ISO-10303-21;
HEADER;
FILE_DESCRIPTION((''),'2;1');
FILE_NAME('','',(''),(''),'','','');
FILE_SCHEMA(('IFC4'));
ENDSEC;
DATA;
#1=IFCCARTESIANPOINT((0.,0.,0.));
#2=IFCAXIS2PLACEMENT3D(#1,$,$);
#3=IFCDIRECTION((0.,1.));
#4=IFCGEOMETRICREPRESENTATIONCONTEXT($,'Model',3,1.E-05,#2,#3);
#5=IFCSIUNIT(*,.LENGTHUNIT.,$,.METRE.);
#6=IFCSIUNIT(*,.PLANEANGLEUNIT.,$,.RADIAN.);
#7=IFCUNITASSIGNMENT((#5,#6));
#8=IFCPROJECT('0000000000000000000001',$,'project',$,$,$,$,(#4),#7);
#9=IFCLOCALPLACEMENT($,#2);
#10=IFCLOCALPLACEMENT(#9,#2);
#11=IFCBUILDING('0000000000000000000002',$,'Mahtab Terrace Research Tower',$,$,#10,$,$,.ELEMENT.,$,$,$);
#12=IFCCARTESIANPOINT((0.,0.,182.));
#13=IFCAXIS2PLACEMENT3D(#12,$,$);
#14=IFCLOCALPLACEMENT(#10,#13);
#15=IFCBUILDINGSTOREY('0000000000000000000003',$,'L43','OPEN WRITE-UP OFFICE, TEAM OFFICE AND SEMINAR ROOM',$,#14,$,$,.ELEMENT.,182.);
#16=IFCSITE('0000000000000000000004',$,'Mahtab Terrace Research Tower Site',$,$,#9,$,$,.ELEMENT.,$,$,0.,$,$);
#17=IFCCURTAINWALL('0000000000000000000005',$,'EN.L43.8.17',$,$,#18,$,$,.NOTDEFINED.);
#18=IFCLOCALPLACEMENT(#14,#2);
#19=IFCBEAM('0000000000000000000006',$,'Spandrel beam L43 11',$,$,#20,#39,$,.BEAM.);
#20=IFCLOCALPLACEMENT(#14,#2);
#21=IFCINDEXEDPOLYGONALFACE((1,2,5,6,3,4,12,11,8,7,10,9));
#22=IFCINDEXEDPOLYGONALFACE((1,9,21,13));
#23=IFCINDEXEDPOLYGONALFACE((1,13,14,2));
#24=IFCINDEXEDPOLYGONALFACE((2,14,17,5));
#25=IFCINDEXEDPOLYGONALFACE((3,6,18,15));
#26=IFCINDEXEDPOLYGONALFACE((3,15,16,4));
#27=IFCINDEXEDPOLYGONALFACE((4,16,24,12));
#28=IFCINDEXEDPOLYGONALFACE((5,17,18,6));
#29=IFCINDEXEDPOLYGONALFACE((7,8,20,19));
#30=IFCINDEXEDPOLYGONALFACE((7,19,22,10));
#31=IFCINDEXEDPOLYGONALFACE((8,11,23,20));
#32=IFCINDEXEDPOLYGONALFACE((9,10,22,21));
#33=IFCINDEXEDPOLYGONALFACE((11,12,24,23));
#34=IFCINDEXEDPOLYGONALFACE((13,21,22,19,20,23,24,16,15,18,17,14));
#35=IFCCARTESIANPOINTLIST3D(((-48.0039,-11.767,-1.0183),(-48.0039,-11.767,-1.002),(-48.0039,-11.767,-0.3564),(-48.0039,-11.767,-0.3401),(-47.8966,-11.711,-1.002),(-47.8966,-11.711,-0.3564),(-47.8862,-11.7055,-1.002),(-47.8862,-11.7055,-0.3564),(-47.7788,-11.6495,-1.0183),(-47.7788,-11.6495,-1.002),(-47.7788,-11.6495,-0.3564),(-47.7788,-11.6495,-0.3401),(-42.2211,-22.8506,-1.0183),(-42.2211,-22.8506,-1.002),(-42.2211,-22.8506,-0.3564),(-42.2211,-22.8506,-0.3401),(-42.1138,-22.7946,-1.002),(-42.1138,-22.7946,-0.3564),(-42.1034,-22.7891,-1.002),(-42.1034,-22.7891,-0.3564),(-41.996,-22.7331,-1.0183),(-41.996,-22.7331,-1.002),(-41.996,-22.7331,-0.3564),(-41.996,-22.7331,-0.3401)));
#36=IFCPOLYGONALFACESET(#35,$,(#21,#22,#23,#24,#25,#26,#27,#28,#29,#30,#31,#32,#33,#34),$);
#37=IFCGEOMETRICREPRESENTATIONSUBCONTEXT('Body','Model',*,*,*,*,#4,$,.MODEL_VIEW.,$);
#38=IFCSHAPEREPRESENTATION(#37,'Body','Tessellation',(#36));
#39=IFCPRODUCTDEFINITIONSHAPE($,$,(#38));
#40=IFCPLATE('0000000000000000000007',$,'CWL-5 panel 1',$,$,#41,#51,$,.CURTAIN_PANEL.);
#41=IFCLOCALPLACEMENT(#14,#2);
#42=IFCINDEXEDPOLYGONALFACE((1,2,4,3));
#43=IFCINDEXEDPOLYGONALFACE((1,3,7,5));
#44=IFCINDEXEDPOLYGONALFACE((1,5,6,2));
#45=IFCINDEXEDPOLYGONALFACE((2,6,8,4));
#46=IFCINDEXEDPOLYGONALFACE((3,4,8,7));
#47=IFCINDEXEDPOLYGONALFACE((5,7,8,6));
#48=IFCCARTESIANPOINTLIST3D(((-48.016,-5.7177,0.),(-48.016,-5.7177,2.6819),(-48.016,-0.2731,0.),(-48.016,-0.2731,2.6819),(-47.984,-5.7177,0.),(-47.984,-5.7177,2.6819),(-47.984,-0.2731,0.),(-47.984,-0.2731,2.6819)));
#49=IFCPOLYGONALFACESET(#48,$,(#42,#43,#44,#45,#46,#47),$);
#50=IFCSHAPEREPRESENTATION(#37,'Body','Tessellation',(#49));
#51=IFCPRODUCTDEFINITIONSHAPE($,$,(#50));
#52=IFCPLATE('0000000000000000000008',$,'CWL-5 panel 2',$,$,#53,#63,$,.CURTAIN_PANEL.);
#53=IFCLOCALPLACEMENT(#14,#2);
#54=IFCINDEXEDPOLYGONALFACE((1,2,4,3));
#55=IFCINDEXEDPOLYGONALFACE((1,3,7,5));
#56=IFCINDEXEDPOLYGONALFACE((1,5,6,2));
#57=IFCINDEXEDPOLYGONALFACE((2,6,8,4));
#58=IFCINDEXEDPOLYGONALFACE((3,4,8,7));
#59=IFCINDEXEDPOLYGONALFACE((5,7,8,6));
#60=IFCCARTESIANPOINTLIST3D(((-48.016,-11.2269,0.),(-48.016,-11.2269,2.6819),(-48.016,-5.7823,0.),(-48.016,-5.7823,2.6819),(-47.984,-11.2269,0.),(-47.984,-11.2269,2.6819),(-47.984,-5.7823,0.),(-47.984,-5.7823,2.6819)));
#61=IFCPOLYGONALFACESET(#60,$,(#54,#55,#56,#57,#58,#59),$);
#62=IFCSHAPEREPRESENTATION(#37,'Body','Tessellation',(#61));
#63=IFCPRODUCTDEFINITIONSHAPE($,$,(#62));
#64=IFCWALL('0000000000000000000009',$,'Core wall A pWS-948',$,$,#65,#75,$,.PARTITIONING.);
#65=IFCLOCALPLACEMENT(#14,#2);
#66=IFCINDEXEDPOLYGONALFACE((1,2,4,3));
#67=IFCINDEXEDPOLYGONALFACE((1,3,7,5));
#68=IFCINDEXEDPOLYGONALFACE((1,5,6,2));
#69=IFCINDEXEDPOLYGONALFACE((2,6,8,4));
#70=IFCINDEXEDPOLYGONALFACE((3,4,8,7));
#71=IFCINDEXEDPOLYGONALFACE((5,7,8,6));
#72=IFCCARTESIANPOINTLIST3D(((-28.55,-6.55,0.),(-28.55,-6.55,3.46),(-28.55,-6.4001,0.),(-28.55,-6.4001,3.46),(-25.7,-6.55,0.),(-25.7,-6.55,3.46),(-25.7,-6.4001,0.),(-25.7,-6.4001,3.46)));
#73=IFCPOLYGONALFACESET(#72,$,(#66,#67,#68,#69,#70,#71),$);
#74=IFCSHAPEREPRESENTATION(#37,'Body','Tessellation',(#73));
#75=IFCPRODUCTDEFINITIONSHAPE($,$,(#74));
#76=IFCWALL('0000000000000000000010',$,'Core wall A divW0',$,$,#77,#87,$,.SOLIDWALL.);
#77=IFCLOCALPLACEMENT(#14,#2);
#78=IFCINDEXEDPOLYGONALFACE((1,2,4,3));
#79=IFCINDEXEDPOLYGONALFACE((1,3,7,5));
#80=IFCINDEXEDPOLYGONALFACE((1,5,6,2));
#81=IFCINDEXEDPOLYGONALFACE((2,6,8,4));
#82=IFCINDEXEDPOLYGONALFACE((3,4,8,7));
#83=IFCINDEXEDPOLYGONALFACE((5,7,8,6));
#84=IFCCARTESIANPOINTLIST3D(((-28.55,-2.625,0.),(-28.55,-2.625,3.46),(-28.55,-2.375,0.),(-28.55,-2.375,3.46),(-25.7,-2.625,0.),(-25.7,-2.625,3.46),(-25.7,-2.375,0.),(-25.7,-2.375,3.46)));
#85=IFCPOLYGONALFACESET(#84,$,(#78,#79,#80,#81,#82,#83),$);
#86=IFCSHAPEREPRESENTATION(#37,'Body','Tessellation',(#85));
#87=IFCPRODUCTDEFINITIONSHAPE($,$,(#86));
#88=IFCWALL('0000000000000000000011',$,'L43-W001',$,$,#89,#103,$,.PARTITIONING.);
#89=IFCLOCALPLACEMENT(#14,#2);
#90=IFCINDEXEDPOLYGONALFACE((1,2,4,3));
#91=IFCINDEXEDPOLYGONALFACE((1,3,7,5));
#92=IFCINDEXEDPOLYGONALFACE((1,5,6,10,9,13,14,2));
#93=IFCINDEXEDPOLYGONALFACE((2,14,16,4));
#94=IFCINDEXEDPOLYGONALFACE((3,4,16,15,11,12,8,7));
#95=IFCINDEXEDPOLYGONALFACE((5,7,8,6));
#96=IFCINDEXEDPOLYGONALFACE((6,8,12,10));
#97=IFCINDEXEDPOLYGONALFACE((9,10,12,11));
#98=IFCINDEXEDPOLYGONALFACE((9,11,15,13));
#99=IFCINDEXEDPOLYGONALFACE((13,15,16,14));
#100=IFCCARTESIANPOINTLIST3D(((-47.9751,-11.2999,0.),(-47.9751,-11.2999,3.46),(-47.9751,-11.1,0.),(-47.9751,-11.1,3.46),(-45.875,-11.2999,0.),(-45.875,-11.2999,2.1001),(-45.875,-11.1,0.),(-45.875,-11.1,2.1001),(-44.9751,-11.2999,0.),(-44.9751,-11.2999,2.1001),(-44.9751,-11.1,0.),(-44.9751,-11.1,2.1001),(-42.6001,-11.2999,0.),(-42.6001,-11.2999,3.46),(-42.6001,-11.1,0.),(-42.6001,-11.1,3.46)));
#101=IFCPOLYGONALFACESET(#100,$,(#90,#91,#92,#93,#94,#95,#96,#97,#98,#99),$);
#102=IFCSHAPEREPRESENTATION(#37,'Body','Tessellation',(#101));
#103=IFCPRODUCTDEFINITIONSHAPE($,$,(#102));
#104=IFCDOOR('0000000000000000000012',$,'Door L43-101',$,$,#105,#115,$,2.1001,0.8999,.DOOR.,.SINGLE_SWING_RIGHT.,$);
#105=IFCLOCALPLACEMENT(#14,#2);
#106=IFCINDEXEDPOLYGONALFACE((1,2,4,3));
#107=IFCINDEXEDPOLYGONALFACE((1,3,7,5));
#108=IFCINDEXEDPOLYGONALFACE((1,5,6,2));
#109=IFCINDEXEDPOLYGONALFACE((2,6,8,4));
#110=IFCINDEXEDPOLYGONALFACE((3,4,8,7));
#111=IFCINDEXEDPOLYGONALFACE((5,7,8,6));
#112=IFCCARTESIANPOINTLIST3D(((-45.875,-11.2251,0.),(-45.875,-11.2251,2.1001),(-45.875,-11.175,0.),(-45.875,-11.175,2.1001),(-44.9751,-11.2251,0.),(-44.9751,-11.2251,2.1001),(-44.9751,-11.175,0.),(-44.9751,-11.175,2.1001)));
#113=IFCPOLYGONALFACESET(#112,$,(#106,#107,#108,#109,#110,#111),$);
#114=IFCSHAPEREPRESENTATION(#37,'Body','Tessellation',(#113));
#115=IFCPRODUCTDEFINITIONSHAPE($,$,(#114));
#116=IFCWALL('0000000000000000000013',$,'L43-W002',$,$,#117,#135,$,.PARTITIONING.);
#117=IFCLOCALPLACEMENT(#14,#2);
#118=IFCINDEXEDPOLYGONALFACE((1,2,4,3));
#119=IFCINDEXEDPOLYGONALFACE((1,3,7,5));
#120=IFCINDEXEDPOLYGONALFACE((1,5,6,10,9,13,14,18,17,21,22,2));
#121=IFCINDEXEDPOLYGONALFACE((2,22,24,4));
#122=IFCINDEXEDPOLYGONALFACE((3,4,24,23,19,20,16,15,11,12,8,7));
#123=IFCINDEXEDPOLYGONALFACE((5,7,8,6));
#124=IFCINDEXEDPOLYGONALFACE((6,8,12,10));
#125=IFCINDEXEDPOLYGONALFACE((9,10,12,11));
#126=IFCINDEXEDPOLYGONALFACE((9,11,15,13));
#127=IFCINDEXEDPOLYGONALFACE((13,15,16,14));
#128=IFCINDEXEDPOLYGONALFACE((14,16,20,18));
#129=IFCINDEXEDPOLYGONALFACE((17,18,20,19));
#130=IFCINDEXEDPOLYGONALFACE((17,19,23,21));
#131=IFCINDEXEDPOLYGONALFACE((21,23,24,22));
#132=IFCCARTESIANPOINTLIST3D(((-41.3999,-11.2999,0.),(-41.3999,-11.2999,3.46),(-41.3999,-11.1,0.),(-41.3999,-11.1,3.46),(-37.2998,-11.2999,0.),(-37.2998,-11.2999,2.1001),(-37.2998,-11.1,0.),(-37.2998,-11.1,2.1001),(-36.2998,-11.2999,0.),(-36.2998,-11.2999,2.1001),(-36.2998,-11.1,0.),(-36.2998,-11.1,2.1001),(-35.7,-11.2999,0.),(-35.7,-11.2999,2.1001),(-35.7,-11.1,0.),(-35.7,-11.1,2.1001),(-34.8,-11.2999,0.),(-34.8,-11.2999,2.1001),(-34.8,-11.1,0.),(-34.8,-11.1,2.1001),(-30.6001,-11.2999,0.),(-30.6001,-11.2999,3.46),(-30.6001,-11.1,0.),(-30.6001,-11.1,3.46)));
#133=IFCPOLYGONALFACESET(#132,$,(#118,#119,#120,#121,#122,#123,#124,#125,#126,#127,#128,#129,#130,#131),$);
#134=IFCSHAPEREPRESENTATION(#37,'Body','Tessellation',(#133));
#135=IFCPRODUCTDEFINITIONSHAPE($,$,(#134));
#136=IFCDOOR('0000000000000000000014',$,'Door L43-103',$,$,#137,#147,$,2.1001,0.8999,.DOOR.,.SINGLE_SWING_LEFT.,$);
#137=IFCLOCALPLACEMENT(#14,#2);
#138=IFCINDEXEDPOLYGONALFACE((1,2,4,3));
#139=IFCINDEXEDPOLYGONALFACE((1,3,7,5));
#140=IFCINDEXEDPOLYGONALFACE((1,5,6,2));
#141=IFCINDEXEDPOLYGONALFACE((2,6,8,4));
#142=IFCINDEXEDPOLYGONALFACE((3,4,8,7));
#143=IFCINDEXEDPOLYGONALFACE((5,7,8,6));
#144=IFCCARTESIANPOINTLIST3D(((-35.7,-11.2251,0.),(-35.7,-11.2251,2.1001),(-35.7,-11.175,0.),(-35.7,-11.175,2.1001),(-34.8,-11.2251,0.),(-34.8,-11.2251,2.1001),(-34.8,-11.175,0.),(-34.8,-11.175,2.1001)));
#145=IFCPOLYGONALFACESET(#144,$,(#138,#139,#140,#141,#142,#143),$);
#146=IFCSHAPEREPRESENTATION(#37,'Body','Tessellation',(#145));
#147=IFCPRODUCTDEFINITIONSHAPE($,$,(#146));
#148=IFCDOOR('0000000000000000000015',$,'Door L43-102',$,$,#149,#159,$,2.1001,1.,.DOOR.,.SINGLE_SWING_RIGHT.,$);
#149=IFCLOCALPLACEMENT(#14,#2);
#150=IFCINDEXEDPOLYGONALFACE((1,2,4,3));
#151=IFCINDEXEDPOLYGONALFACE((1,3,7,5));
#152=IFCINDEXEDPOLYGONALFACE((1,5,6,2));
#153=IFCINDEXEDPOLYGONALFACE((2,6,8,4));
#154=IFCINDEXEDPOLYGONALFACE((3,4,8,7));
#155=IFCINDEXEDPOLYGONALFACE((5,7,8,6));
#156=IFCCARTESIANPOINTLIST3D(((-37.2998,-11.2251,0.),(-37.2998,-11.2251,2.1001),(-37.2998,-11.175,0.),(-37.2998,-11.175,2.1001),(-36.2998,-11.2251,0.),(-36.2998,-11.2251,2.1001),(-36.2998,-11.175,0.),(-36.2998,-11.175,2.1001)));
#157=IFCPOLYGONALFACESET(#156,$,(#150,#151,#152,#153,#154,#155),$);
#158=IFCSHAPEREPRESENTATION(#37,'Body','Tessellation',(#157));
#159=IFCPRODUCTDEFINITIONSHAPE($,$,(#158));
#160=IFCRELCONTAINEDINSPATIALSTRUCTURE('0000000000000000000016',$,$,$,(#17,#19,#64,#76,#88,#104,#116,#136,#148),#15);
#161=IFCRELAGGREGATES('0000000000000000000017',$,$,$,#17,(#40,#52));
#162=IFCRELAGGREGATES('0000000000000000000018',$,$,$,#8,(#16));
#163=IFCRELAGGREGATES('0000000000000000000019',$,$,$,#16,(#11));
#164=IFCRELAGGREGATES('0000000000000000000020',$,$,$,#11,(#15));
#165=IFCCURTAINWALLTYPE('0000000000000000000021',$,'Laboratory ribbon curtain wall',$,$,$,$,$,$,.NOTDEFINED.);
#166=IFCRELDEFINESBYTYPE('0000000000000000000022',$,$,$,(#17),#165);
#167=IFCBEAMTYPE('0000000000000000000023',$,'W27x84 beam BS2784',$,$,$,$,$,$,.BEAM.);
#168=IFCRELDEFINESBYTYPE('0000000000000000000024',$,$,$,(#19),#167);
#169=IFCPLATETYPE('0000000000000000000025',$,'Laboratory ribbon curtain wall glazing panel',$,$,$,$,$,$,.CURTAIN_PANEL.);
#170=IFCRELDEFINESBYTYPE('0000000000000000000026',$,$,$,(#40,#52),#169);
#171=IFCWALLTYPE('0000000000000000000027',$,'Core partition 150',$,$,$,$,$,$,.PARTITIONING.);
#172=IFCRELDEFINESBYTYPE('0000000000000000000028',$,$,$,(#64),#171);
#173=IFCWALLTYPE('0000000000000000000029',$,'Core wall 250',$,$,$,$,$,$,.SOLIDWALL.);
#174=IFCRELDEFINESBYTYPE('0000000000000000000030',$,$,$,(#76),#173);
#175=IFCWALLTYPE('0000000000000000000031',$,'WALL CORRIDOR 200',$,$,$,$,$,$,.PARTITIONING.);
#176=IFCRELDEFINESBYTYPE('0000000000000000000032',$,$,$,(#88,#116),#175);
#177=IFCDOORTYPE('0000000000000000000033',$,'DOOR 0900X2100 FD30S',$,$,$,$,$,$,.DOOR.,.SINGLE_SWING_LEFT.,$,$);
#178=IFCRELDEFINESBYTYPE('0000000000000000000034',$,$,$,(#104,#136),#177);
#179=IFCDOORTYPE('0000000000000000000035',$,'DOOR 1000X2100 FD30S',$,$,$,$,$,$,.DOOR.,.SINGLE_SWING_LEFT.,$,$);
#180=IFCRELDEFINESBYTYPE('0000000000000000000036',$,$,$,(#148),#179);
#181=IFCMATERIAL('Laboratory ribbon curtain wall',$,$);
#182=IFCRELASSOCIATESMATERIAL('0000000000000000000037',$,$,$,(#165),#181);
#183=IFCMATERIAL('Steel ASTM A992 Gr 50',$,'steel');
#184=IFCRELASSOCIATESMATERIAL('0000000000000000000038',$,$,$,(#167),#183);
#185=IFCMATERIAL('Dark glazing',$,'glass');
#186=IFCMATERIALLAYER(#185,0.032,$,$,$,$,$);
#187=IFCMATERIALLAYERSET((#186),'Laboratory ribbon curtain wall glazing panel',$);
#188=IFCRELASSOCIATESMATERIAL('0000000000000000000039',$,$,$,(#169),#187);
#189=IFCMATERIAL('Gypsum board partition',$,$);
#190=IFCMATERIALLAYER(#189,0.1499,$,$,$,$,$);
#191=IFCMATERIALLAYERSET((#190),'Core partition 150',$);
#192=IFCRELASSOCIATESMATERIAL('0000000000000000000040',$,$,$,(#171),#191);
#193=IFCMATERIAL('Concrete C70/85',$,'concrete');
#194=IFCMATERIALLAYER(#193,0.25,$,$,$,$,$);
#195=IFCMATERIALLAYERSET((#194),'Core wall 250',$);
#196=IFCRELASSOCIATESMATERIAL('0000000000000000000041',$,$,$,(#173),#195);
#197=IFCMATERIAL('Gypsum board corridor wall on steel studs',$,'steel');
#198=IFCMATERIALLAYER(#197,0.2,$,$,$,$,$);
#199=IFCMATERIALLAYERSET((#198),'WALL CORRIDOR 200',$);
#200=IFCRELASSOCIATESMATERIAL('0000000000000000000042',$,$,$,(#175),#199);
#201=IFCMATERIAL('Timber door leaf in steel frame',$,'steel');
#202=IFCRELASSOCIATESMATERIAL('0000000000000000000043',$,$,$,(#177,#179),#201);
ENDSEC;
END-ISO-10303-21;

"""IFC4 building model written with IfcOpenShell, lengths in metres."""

from ifc_helpers import new_model, si_unit, direction, frame, frame_2d, origin, origin_2d, place, context, subcontext, project, spatial, rectangle, i_section, extrude, material, layer, layer_set, material_profile, profile_set, type_object, element, fill, aggregate, save


model = new_model("IFC4")

# Units and contexts
model_context = context("Model", 3, precision=1e-05, world=origin(), true_north=direction((0.0, 1.0)))
body_context = subcontext(model_context, "Body", "Model", "MODEL_VIEW")
ifc_project = project(units=[si_unit("LENGTHUNIT", "METRE"), si_unit("PLANEANGLEUNIT", "RADIAN")], contexts=[model_context])

# Site, building, storey
site_placement = place(None, origin())
site = spatial("IfcSite", under=ifc_project, at=site_placement, Name="Mahtab Terrace Research Tower Site", CompositionType="ELEMENT", RefElevation=0.0)
building_placement = place(site_placement, origin())
building = spatial("IfcBuilding", under=site, at=building_placement, Name="Mahtab Terrace Research Tower", CompositionType="ELEMENT")
storey_placement = place(building_placement, frame((0.0, 0.0, 182.0)))
storey = spatial("IfcBuildingStorey", under=building, at=storey_placement, Name="L43", Description="OPEN WRITE-UP OFFICE, TEAM OFFICE AND SEMINAR ROOM", CompositionType="ELEMENT", Elevation=182.0)

# Shared definitions
ifc_material_1 = material(Name="Concrete C70/85", Category="concrete")
ifc_material_2 = material(Name="Steel ASTM A992 Gr 50", Category="steel")

# Curtain wall
ifc_material_3 = material(Name="Laboratory ribbon curtain wall")
curtain_wall_type = type_object("IfcCurtainWallType", Name="Laboratory ribbon curtain wall", PredefinedType="NOTDEFINED", material=ifc_material_3)
curtain_wall_1_placement = place(storey_placement, origin())
curtain_wall_1 = element("IfcCurtainWall", 1, at=curtain_wall_1_placement, inside=storey, type_object=curtain_wall_type, Name="EN.L43.8.17", PredefinedType="NOTDEFINED")

# Beam
ifc_material_profile_1 = material_profile(ifc_material_2, i_section(OverallWidth=0.2539, OverallDepth=0.6782, WebThickness=0.0117, FlangeThickness=0.0164, at=origin_2d()), Name="W27X84")
ifc_profile_set_1 = profile_set([ifc_material_profile_1], Name="Steel ASTM A992 Gr 50")
beam_type = type_object("IfcBeamType", Name="W27x84 beam BS2784", PredefinedType="BEAM", material=ifc_profile_set_1)
beam_1_placement = place(storey_placement, frame((-47.8914, -11.7083, -0.6792), z_axis=(0.462567, -0.886584, 0.0), x_axis=(0.886584, 0.462567, 0.0)))
element("IfcBeam", 2, at=beam_1_placement, inside=storey, type_object=beam_type, Name="Spandrel beam L43 11", PredefinedType="BEAM", context=body_context, shape_type="SweptSolid", body=[
    extrude(i_section(OverallWidth=0.2539, OverallDepth=0.6782, WebThickness=0.0117, FlangeThickness=0.0164, at=origin_2d()), origin(), (0.0, 0.0, 1.0), 12.5015),
])

# Plates
ifc_material_4 = material(Name="Dark glazing", Category="glass")
ifc_layer_1 = layer(ifc_material_4, 0.032)
ifc_layer_set_1 = layer_set([ifc_layer_1], Name="Laboratory ribbon curtain wall glazing panel")
plate_type = type_object("IfcPlateType", Name="Laboratory ribbon curtain wall glazing panel", PredefinedType="CURTAIN_PANEL", material=ifc_layer_set_1)
plate_1_placement = place(storey_placement, frame((-48.0, -2.9954, 0.0), z_axis=(0.0, 0.0, 1.0), x_axis=(0.0, -1.0, 0.0)))
plate_1 = element("IfcPlate", 3, at=plate_1_placement, type_object=plate_type, Name="CWL-5 panel 1", PredefinedType="CURTAIN_PANEL", context=body_context, shape_type="SweptSolid", body=[
    extrude(rectangle(XDim=5.4446, YDim=0.032, at=origin_2d()), origin(), (0.0, 0.0, 1.0), 2.6819),
])
plate_2_placement = place(storey_placement, frame((-48.0, -8.5046, 0.0), z_axis=(0.0, 0.0, 1.0), x_axis=(0.0, -1.0, 0.0)))
plate_2 = element("IfcPlate", 4, at=plate_2_placement, type_object=plate_type, Name="CWL-5 panel 2", PredefinedType="CURTAIN_PANEL", context=body_context, shape_type="SweptSolid", body=[
    extrude(rectangle(XDim=5.4446, YDim=0.032, at=origin_2d()), origin(), (0.0, 0.0, 1.0), 2.6819),
])
aggregate(curtain_wall_1, [plate_1, plate_2])

# Walls
ifc_material_5 = material(Name="Gypsum board partition")
ifc_layer_2 = layer(ifc_material_5, 0.1499)
ifc_layer_set_2 = layer_set([ifc_layer_2], Name="Core partition 150")
wall_type_1 = type_object("IfcWallType", Name="Core partition 150", PredefinedType="PARTITIONING", material=ifc_layer_set_2)
wall_1_placement = place(storey_placement, frame((-28.55, -6.4751, 0.0), z_axis=(0.0, 0.0, 1.0), x_axis=(1.0, 0.0, 0.0)))
element("IfcWall", 5, at=wall_1_placement, inside=storey, type_object=wall_type_1, Name="Core wall A pWS-948", PredefinedType="PARTITIONING", context=body_context, shape_type="SweptSolid", body=[
    extrude(rectangle(XDim=2.8501, YDim=0.1499, at=frame_2d((1.425, 0.0))), origin(), (0.0, 0.0, 1.0), 3.46),
])
ifc_layer_3 = layer(ifc_material_1, 0.25)
ifc_layer_set_3 = layer_set([ifc_layer_3], Name="Core wall 250")
wall_type_2 = type_object("IfcWallType", Name="Core wall 250", PredefinedType="SOLIDWALL", material=ifc_layer_set_3)
wall_2_placement = place(storey_placement, frame((-28.55, -2.5, 0.0), z_axis=(0.0, 0.0, 1.0), x_axis=(1.0, 0.0, 0.0)))
element("IfcWall", 6, at=wall_2_placement, inside=storey, type_object=wall_type_2, Name="Core wall A divW0", PredefinedType="SOLIDWALL", context=body_context, shape_type="SweptSolid", body=[
    extrude(rectangle(XDim=2.8501, YDim=0.25, at=frame_2d((1.425, 0.0))), origin(), (0.0, 0.0, 1.0), 3.46),
])

# Wall, opening, door
ifc_material_6 = material(Name="Gypsum board corridor wall on steel studs", Category="steel")
ifc_layer_4 = layer(ifc_material_6, 0.2)
ifc_layer_set_4 = layer_set([ifc_layer_4], Name="WALL CORRIDOR 200")
wall_type_3 = type_object("IfcWallType", Name="WALL CORRIDOR 200", PredefinedType="PARTITIONING", material=ifc_layer_set_4)
wall_3_placement = place(storey_placement, frame((-47.9751, -11.2, 0.0), z_axis=(0.0, 0.0, 1.0), x_axis=(1.0, 0.0, 0.0)))
wall_3 = element("IfcWall", 7, at=wall_3_placement, inside=storey, type_object=wall_type_3, Name="L43-W001", PredefinedType="PARTITIONING", context=body_context, shape_type="SweptSolid", body=[
    extrude(rectangle(XDim=5.375, YDim=0.2, at=frame_2d((2.6875, 0.0))), origin(), (0.0, 0.0, 1.0), 3.46),
])
opening_1_placement = place(wall_3_placement, frame((2.1001, 0.0, 0.0)))
opening_1 = element("IfcOpeningElement", 8, at=opening_1_placement, cuts=wall_3, PredefinedType="OPENING", context=body_context, shape_type="SweptSolid", body=[
    extrude(rectangle(XDim=0.8999, YDim=2.1001, at=frame_2d((0.45, 1.05))), frame((0.0, 0.1099, 0.0), z_axis=(0.0, -1.0, 0.0), x_axis=(1.0, 0.0, 0.0)), (0.0, 0.0, 1.0), 0.22),
])
ifc_material_7 = material(Name="Timber door leaf in steel frame", Category="steel")
door_type_1 = type_object("IfcDoorType", Name="DOOR 0900X2100 FD30S", OperationType="SINGLE_SWING_LEFT", PredefinedType="DOOR", material=ifc_material_7)
door_1_placement = place(opening_1_placement, origin())
door_1 = element("IfcDoor", 9, at=door_1_placement, inside=storey, type_object=door_type_1, Name="Door L43-101", OperationType="SINGLE_SWING_RIGHT", OverallHeight=2.1001, OverallWidth=0.8999, PredefinedType="DOOR", context=body_context, shape_type="SweptSolid", body=[
    extrude(rectangle(XDim=0.8999, YDim=2.1001, at=frame_2d((0.45, 1.05))), frame((0.0, 0.0249, 0.0), z_axis=(0.0, -1.0, 0.0), x_axis=(1.0, 0.0, 0.0)), (0.0, 0.0, 1.0), 0.05),
])
fill(opening_1, door_1)

# Wall, openings, doors
wall_4_placement = place(storey_placement, frame((-41.3999, -11.2, 0.0), z_axis=(0.0, 0.0, 1.0), x_axis=(1.0, 0.0, 0.0)))
wall_4 = element("IfcWall", 10, at=wall_4_placement, inside=storey, type_object=wall_type_3, Name="L43-W002", PredefinedType="PARTITIONING", context=body_context, shape_type="SweptSolid", body=[
    extrude(rectangle(XDim=10.7998, YDim=0.2, at=frame_2d((5.3999, 0.0))), origin(), (0.0, 0.0, 1.0), 3.46),
])
opening_2_placement = place(wall_4_placement, frame((4.1001, 0.0, 0.0)))
opening_2 = element("IfcOpeningElement", 11, at=opening_2_placement, cuts=wall_4, PredefinedType="OPENING", context=body_context, shape_type="SweptSolid", body=[
    extrude(rectangle(XDim=1.0, YDim=2.1001, at=frame_2d((0.5, 1.05))), frame((0.0, 0.1099, 0.0), z_axis=(0.0, -1.0, 0.0), x_axis=(1.0, 0.0, 0.0)), (0.0, 0.0, 1.0), 0.22),
])
opening_3_placement = place(wall_4_placement, frame((5.7, 0.0, 0.0)))
opening_3 = element("IfcOpeningElement", 12, at=opening_3_placement, cuts=wall_4, PredefinedType="OPENING", context=body_context, shape_type="SweptSolid", body=[
    extrude(rectangle(XDim=0.8999, YDim=2.1001, at=frame_2d((0.45, 1.05))), frame((0.0, 0.1099, 0.0), z_axis=(0.0, -1.0, 0.0), x_axis=(1.0, 0.0, 0.0)), (0.0, 0.0, 1.0), 0.22),
])
door_2_placement = place(opening_3_placement, origin())
door_2 = element("IfcDoor", 13, at=door_2_placement, inside=storey, type_object=door_type_1, Name="Door L43-103", OperationType="SINGLE_SWING_LEFT", OverallHeight=2.1001, OverallWidth=0.8999, PredefinedType="DOOR", context=body_context, shape_type="SweptSolid", body=[
    extrude(rectangle(XDim=0.8999, YDim=2.1001, at=frame_2d((0.45, 1.05))), frame((0.0, 0.0249, 0.0), z_axis=(0.0, -1.0, 0.0), x_axis=(1.0, 0.0, 0.0)), (0.0, 0.0, 1.0), 0.05),
])
fill(opening_3, door_2)
door_type_2 = type_object("IfcDoorType", Name="DOOR 1000X2100 FD30S", OperationType="SINGLE_SWING_LEFT", PredefinedType="DOOR", material=ifc_material_7)
door_3_placement = place(opening_2_placement, origin())
door_3 = element("IfcDoor", 14, at=door_3_placement, inside=storey, type_object=door_type_2, Name="Door L43-102", OperationType="SINGLE_SWING_RIGHT", OverallHeight=2.1001, OverallWidth=1.0, PredefinedType="DOOR", context=body_context, shape_type="SweptSolid", body=[
    extrude(rectangle(XDim=1.0, YDim=2.1001, at=frame_2d((0.5, 1.05))), frame((0.0, 0.0249, 0.0), z_axis=(0.0, -1.0, 0.0), x_axis=(1.0, 0.0, 0.0)), (0.0, 0.0, 1.0), 0.05),
])
fill(opening_2, door_3)

save(model, "model.ifc")
